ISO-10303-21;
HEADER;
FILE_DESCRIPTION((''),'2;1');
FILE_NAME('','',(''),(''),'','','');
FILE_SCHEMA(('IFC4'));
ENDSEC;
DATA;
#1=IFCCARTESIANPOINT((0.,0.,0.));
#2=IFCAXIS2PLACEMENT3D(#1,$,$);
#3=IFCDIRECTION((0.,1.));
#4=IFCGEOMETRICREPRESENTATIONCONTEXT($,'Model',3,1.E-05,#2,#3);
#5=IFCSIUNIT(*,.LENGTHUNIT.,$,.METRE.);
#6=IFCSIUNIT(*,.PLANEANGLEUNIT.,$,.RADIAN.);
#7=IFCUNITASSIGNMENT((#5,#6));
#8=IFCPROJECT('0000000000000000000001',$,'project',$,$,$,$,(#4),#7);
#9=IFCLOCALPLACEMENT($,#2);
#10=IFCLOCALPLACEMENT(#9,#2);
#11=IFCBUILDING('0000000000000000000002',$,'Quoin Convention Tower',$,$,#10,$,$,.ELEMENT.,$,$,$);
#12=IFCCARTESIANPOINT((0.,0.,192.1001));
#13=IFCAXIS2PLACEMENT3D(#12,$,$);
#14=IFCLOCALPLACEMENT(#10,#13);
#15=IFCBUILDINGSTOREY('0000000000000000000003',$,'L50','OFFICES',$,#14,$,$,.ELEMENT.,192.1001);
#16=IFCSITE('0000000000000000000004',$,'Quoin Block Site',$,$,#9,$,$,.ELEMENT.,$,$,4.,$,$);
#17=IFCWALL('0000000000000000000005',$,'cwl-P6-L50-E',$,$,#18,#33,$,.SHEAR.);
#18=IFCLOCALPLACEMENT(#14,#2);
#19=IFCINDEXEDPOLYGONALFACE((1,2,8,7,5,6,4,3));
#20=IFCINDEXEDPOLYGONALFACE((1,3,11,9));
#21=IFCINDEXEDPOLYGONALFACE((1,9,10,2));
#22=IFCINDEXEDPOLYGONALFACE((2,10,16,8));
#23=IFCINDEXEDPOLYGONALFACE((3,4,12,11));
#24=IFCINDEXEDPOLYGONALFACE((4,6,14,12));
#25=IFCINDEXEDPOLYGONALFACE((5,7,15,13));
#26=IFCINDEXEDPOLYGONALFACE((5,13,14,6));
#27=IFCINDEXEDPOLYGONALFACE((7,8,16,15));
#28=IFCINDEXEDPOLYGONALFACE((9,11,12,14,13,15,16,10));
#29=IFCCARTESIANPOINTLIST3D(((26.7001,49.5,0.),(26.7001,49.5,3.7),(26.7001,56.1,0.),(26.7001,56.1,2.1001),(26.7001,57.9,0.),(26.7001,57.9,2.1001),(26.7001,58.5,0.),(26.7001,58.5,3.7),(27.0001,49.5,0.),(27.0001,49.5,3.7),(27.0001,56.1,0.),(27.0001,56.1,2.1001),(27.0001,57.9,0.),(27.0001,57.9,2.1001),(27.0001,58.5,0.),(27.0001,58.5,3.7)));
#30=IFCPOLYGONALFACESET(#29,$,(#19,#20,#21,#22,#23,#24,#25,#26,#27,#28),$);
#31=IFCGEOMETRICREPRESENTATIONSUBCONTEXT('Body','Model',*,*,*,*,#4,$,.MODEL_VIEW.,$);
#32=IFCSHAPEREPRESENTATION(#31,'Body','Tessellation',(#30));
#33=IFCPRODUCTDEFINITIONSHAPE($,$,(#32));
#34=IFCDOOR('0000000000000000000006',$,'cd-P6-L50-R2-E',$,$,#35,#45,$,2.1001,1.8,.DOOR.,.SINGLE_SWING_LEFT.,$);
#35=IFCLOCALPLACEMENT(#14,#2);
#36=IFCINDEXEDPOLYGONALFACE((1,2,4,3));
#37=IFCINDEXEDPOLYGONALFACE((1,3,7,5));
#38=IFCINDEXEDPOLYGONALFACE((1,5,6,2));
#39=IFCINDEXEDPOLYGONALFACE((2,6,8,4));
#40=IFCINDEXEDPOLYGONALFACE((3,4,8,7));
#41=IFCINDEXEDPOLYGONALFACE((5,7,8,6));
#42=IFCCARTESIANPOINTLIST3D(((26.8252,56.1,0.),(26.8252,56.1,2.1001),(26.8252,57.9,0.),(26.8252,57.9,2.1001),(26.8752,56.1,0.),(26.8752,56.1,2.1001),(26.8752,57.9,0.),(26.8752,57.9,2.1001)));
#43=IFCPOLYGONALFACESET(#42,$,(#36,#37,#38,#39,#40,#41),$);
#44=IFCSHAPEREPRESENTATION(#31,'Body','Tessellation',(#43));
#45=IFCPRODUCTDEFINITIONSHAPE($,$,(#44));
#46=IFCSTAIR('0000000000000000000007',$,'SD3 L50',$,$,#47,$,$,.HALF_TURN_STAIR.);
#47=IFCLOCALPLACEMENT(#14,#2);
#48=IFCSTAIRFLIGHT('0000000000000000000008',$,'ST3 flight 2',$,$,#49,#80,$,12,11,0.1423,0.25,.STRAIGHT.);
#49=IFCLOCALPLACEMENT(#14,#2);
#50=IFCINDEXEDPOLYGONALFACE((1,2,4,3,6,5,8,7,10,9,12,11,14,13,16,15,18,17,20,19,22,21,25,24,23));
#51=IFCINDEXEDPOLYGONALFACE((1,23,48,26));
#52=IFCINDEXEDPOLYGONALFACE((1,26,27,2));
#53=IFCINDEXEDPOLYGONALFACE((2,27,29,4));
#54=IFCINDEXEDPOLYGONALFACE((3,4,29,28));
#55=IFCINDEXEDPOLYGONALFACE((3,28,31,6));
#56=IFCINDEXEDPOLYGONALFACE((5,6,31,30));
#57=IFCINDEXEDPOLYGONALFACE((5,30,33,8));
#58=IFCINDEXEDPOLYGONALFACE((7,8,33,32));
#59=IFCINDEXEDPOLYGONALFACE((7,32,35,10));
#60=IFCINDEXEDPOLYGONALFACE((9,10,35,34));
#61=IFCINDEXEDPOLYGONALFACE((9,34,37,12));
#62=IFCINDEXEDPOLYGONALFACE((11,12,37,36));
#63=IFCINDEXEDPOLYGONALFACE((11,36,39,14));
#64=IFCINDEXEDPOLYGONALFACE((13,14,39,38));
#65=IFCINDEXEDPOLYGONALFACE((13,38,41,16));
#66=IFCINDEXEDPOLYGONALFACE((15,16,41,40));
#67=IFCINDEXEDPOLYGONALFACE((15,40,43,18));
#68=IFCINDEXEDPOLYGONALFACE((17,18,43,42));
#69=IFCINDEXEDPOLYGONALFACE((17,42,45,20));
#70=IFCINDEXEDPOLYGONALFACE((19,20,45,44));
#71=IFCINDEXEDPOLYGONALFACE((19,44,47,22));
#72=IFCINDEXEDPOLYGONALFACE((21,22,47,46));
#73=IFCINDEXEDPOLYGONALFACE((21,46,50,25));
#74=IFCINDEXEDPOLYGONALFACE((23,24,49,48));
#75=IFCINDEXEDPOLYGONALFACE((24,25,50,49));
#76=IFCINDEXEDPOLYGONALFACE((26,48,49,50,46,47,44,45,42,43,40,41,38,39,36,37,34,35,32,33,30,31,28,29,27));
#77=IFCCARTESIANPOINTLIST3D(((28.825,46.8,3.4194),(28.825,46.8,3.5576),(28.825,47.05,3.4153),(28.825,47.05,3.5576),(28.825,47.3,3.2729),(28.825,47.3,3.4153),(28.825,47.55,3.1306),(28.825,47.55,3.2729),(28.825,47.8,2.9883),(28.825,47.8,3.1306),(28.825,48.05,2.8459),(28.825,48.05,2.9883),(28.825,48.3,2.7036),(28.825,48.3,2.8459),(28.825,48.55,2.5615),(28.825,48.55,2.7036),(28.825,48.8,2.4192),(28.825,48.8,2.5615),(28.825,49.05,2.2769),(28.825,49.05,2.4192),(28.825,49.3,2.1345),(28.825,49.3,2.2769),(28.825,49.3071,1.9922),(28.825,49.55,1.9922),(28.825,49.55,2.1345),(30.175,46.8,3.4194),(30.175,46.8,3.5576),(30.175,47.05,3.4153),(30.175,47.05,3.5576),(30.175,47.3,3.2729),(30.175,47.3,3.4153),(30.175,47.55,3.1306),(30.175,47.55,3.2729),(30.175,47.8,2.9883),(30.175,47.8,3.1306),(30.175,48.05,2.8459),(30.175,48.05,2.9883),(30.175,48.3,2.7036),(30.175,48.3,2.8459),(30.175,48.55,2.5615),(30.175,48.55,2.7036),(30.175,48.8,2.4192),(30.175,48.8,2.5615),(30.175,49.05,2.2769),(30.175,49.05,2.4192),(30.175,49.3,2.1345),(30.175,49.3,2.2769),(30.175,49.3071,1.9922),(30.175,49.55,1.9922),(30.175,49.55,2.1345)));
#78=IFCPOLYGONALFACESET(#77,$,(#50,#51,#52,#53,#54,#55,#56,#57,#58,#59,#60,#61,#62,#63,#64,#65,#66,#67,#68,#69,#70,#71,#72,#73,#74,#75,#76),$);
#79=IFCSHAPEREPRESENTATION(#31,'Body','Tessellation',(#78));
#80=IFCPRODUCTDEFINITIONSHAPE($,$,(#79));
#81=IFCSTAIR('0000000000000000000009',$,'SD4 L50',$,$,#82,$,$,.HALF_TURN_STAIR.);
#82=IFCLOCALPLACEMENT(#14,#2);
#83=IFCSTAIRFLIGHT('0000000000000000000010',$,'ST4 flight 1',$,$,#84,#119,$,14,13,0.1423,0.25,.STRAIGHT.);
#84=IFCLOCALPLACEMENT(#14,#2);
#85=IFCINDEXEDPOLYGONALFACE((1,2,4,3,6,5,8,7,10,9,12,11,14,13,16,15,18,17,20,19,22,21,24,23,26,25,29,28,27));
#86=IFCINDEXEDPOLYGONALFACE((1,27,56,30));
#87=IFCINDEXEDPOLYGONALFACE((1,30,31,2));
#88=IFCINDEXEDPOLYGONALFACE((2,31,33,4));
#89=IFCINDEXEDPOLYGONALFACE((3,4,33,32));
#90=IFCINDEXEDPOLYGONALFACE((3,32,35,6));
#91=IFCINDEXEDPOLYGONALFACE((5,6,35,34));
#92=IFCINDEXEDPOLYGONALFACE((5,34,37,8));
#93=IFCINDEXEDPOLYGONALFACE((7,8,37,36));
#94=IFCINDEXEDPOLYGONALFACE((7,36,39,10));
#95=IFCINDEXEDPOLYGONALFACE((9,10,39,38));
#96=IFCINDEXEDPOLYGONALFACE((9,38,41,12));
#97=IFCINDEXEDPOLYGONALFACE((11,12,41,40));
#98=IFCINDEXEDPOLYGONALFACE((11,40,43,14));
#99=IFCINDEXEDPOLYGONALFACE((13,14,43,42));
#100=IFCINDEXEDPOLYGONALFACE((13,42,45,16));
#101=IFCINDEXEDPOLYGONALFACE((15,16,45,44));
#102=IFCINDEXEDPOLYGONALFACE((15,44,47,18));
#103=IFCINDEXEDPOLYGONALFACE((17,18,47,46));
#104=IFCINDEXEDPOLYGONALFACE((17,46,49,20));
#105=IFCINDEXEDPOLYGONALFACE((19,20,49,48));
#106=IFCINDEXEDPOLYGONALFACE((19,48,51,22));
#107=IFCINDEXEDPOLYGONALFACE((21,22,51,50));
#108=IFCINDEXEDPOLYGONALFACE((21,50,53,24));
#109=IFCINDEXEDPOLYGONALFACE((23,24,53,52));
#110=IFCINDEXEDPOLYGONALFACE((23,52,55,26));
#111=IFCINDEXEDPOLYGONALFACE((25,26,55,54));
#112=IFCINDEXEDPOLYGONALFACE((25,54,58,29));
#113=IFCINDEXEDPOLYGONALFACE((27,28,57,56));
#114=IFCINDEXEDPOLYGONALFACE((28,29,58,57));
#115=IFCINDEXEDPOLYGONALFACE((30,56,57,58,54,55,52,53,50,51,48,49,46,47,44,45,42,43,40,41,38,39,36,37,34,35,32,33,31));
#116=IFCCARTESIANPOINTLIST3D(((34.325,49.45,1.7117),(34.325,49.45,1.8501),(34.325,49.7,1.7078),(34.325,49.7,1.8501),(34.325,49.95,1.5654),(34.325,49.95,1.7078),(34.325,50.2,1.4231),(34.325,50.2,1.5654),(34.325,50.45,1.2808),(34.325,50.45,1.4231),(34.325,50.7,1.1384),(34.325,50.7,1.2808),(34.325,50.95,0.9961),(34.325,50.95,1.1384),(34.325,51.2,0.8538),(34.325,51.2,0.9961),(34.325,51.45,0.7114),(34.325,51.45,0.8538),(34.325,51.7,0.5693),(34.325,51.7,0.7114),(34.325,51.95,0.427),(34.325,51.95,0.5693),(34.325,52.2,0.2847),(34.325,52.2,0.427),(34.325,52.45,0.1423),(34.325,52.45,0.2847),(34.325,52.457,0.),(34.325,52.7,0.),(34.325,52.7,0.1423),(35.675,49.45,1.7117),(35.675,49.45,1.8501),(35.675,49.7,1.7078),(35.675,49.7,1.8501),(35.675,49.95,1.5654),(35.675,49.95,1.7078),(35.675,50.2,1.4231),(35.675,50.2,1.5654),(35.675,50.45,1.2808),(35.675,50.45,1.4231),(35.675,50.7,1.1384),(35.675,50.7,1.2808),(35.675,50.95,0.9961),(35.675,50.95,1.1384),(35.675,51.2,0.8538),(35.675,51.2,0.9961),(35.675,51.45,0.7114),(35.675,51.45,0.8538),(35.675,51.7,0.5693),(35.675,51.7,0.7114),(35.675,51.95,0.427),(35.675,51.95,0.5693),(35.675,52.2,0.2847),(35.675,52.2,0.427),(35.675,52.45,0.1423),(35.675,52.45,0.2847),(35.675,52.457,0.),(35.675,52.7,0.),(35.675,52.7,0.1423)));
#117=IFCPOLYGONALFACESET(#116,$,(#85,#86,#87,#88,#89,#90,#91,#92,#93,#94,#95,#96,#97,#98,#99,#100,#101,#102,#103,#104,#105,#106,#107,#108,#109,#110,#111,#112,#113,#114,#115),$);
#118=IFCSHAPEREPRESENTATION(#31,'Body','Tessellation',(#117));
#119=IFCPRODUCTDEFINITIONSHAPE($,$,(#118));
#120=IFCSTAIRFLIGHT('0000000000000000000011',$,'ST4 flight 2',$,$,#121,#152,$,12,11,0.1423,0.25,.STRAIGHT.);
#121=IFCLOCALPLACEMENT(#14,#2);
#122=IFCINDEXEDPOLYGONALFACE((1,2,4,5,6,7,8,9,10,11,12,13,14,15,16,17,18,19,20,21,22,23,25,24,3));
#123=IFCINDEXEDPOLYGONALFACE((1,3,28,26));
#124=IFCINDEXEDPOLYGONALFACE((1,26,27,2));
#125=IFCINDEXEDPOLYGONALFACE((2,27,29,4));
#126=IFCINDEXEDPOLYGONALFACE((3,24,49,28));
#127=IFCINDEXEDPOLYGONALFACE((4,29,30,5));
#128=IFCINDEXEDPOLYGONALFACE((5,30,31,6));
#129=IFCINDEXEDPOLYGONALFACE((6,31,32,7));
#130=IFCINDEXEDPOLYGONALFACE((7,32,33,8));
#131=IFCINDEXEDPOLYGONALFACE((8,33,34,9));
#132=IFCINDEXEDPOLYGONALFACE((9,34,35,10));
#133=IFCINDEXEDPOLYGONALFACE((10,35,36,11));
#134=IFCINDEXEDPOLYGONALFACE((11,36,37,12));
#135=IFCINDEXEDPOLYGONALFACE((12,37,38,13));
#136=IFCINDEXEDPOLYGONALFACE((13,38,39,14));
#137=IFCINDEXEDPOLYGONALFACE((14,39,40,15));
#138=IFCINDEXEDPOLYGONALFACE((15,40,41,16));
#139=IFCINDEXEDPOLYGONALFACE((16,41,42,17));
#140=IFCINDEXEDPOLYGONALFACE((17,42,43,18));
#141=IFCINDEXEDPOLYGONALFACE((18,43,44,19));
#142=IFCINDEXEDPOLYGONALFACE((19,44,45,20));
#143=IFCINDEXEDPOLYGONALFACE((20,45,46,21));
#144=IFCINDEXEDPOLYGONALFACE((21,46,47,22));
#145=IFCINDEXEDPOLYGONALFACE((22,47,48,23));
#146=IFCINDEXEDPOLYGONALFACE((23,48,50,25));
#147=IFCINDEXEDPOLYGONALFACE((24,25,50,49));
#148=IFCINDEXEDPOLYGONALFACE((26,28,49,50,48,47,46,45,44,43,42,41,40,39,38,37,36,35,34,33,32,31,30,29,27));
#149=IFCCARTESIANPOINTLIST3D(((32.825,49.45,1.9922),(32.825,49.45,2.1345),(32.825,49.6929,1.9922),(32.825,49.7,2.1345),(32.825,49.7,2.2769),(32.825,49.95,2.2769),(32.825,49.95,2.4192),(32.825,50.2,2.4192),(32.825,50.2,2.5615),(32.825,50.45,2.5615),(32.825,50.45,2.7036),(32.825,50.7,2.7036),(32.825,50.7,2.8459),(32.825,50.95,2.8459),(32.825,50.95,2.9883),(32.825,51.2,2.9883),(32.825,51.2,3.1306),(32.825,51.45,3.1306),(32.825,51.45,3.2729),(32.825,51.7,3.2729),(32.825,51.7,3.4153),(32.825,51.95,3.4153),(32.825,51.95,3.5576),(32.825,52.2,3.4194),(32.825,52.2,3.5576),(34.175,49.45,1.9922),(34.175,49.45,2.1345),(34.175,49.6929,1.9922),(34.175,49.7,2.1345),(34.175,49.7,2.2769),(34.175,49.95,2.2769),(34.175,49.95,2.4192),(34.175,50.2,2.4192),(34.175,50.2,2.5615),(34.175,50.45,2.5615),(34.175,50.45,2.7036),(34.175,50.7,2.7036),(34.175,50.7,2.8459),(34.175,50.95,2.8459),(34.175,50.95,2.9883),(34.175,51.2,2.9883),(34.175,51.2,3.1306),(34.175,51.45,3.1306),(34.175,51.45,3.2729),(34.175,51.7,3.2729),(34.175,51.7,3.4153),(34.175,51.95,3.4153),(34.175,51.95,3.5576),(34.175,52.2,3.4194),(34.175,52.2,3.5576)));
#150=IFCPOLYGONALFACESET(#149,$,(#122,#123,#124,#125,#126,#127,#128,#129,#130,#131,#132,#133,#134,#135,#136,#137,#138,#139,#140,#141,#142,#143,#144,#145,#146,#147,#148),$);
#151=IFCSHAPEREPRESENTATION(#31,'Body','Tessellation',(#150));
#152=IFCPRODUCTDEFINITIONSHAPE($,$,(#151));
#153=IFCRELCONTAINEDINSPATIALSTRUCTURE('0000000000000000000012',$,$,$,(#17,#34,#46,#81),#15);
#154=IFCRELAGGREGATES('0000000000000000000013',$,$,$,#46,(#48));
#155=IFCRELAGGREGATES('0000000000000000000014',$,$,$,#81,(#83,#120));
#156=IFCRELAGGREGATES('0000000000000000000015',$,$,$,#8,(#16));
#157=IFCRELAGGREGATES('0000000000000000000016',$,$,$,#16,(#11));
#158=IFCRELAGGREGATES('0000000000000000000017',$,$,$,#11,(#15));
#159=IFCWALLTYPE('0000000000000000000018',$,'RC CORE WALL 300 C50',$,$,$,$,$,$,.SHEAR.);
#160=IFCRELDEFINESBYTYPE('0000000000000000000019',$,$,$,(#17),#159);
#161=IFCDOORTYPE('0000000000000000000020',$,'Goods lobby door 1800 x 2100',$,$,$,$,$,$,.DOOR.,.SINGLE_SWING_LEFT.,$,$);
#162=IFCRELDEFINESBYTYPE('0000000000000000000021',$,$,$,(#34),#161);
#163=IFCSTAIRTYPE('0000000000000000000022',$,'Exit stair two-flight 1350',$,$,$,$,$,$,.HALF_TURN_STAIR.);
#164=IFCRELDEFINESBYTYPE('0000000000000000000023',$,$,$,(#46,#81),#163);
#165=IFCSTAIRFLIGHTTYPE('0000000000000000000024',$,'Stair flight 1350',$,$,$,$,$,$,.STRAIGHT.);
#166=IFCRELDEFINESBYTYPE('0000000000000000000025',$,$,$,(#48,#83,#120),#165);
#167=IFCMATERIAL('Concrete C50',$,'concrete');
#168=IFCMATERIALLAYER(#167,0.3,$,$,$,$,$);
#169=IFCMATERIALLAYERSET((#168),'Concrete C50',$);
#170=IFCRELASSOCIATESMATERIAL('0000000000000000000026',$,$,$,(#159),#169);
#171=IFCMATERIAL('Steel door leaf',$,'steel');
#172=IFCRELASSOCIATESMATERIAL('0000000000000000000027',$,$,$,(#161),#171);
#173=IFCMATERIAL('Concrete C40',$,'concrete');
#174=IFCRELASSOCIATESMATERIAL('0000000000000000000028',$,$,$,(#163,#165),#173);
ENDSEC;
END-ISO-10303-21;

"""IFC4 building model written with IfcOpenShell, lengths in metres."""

from ifc_helpers import new_model, si_unit, direction, frame, frame_2d, origin, place, context, subcontext, project, spatial, polyline, rectangle, outline, extrude, material, layer, layer_set, type_object, element, fill, aggregate, save


model = new_model("IFC4")

# Units and contexts
model_context = context("Model", 3, precision=1e-05, world=origin(), true_north=direction((0.0, 1.0)))
body_context = subcontext(model_context, "Body", "Model", "MODEL_VIEW")
ifc_project = project(units=[si_unit("LENGTHUNIT", "METRE"), si_unit("PLANEANGLEUNIT", "RADIAN")], contexts=[model_context])

# Site, building, storey
site_placement = place(None, origin())
site = spatial("IfcSite", under=ifc_project, at=site_placement, Name="Quoin Block Site", CompositionType="ELEMENT", RefElevation=4.0)
building_placement = place(site_placement, origin())
building = spatial("IfcBuilding", under=site, at=building_placement, Name="Quoin Convention Tower", CompositionType="ELEMENT")
storey_placement = place(building_placement, frame((0.0, 0.0, 192.1001)))
storey = spatial("IfcBuildingStorey", under=building, at=storey_placement, Name="L50", Description="OFFICES", CompositionType="ELEMENT", Elevation=192.1001)

# Shared definitions
ifc_material_1 = material(Name="Concrete C50", Category="concrete")

# Wall, opening, door
ifc_layer_1 = layer(ifc_material_1, 0.3)
ifc_layer_set_1 = layer_set([ifc_layer_1], Name="Concrete C50")
wall_type_1 = type_object("IfcWallType", Name="RC CORE WALL 300 C50", PredefinedType="SHEAR", material=ifc_layer_set_1)
ifc_material_2 = material(Name="Steel door leaf", Category="steel")
wall_1_placement = place(storey_placement, frame((26.8501, 49.5, 0.0), z_axis=(0.0, 0.0, 1.0), x_axis=(0.0, 1.0, 0.0)))
wall_1 = element("IfcWall", 1, at=wall_1_placement, inside=storey, type_object=wall_type_1, Name="cwl-P6-L50-E", PredefinedType="SHEAR", context=body_context, shape_type="SweptSolid", body=[
    extrude(rectangle(XDim=9.0, YDim=0.3, at=frame_2d((4.5, 0.0))), origin(), (0.0, 0.0, 1.0), 3.7),
])
opening_1_placement = place(wall_1_placement, frame((6.6001, 0.0, 0.0)))
opening_1 = element("IfcOpeningElement", 2, at=opening_1_placement, cuts=wall_1, PredefinedType="OPENING", context=body_context, shape_type="SweptSolid", body=[
    extrude(rectangle(XDim=1.8, YDim=2.1001, at=frame_2d((0.8999, 1.05))), frame((0.0, 0.1599, 0.0), z_axis=(0.0, -1.0, 0.0), x_axis=(1.0, 0.0, 0.0)), (0.0, 0.0, 1.0), 0.3201),
])
door_type_1 = type_object("IfcDoorType", Name="Goods lobby door 1800 x 2100", OperationType="SINGLE_SWING_LEFT", PredefinedType="DOOR", material=ifc_material_2)
door_1_placement = place(opening_1_placement, origin())
door_1 = element("IfcDoor", 3, at=door_1_placement, inside=storey, type_object=door_type_1, Name="cd-P6-L50-R2-E", OperationType="SINGLE_SWING_LEFT", OverallHeight=2.1001, OverallWidth=1.8, PredefinedType="DOOR", context=body_context, shape_type="SweptSolid", body=[
    extrude(rectangle(XDim=1.8, YDim=2.1001, at=frame_2d((0.8999, 1.05))), frame((0.0, 0.0249, 0.0), z_axis=(0.0, -1.0, 0.0), x_axis=(1.0, 0.0, 0.0)), (0.0, 0.0, 1.0), 0.05),
])
fill(opening_1, door_1)

# Stair, stair flight
ifc_material_3 = material(Name="Concrete C40", Category="concrete")
stair_type = type_object("IfcStairType", Name="Exit stair two-flight 1350", PredefinedType="HALF_TURN_STAIR", material=ifc_material_3)
stair_1_placement = place(storey_placement, origin())
stair_1 = element("IfcStair", 4, at=stair_1_placement, inside=storey, type_object=stair_type, Name="SD3 L50", PredefinedType="HALF_TURN_STAIR")
stair_flight_type = type_object("IfcStairFlightType", Name="Stair flight 1350", PredefinedType="STRAIGHT", material=ifc_material_3)
stair_flight_1_placement = place(storey_placement, frame((29.5, 49.55, 1.9922), z_axis=(0.0, 0.0, 1.0), x_axis=(0.0, -1.0, 0.0)))
stair_flight_1 = element("IfcStairFlight", 5, at=stair_flight_1_placement, type_object=stair_flight_type, Name="ST3 flight 2", NumberOfRisers=12, NumberOfTreads=11, PredefinedType="STRAIGHT", RiserHeight=0.1423, TreadLength=0.25, context=body_context, shape_type="SweptSolid", body=[
    extrude(outline(polyline([(0.0, 0.0), (0.0, 0.1423), (0.25, 0.1423), (0.25, 0.2847), (0.5, 0.2847), (0.5, 0.427), (0.75, 0.427), (0.75, 0.5693), (1.0, 0.5693), (1.0, 0.7114), (1.25, 0.7114), (1.25, 0.8538), (1.5, 0.8538), (1.5, 0.9961), (1.75, 0.9961), (1.75, 1.1384), (2.0, 1.1384), (2.0, 1.2808), (2.25, 1.2808), (2.25, 1.4231), (2.5, 1.4231), (2.5, 1.5654), (2.75, 1.5654), (2.75, 1.7078), (2.75, 1.4272), (0.2429, 0.0), (0.0, 0.0)])), frame((0.0, 0.675, 0.0), z_axis=(0.0, -1.0, 0.0), x_axis=(1.0, 0.0, 0.0)), (0.0, 0.0, 1.0), 1.3501),
])
aggregate(stair_1, [stair_flight_1])

# Stair, stair flights
stair_2_placement = place(storey_placement, origin())
stair_2 = element("IfcStair", 6, at=stair_2_placement, inside=storey, type_object=stair_type, Name="SD4 L50", PredefinedType="HALF_TURN_STAIR")
stair_flight_2_placement = place(storey_placement, frame((35.0, 52.7, 0.0), z_axis=(0.0, 0.0, 1.0), x_axis=(0.0, -1.0, 0.0)))
stair_flight_2 = element("IfcStairFlight", 7, at=stair_flight_2_placement, type_object=stair_flight_type, Name="ST4 flight 1", NumberOfRisers=14, NumberOfTreads=13, PredefinedType="STRAIGHT", RiserHeight=0.1423, TreadLength=0.25, context=body_context, shape_type="SweptSolid", body=[
    extrude(outline(polyline([(0.0, 0.0), (0.0, 0.1423), (0.25, 0.1423), (0.25, 0.2847), (0.5, 0.2847), (0.5, 0.427), (0.75, 0.427), (0.75, 0.5693), (1.0, 0.5693), (1.0, 0.7114), (1.25, 0.7114), (1.25, 0.8538), (1.5, 0.8538), (1.5, 0.9961), (1.75, 0.9961), (1.75, 1.1384), (2.0, 1.1384), (2.0, 1.2808), (2.25, 1.2808), (2.25, 1.4231), (2.5, 1.4231), (2.5, 1.5654), (2.75, 1.5654), (2.75, 1.7078), (3.0, 1.7078), (3.0, 1.8501), (3.25, 1.8501), (3.25, 1.9922), (3.25, 1.7117), (0.2429, 0.0), (0.0, 0.0)])), frame((0.0, 0.675, 0.0), z_axis=(0.0, -1.0, 0.0), x_axis=(1.0, 0.0, 0.0)), (0.0, 0.0, 1.0), 1.3501),
])
stair_flight_3_placement = place(storey_placement, frame((33.5, 49.45, 1.9922), z_axis=(0.0, 0.0, 1.0), x_axis=(0.0, 1.0, 0.0)))
stair_flight_3 = element("IfcStairFlight", 8, at=stair_flight_3_placement, type_object=stair_flight_type, Name="ST4 flight 2", NumberOfRisers=12, NumberOfTreads=11, PredefinedType="STRAIGHT", RiserHeight=0.1423, TreadLength=0.25, context=body_context, shape_type="SweptSolid", body=[
    extrude(outline(polyline([(0.0, 0.0), (0.0, 0.1423), (0.25, 0.1423), (0.25, 0.2847), (0.5, 0.2847), (0.5, 0.427), (0.75, 0.427), (0.75, 0.5693), (1.0, 0.5693), (1.0, 0.7114), (1.25, 0.7114), (1.25, 0.8538), (1.5, 0.8538), (1.5, 0.9961), (1.75, 0.9961), (1.75, 1.1384), (2.0, 1.1384), (2.0, 1.2808), (2.25, 1.2808), (2.25, 1.4231), (2.5, 1.4231), (2.5, 1.5654), (2.75, 1.5654), (2.75, 1.7078), (2.75, 1.4272), (0.2429, 0.0), (0.0, 0.0)])), frame((0.0, 0.675, 0.0), z_axis=(0.0, -1.0, 0.0), x_axis=(1.0, 0.0, 0.0)), (0.0, 0.0, 1.0), 1.3501),
])
aggregate(stair_2, [stair_flight_2, stair_flight_3])

save(model, "model.ifc")
